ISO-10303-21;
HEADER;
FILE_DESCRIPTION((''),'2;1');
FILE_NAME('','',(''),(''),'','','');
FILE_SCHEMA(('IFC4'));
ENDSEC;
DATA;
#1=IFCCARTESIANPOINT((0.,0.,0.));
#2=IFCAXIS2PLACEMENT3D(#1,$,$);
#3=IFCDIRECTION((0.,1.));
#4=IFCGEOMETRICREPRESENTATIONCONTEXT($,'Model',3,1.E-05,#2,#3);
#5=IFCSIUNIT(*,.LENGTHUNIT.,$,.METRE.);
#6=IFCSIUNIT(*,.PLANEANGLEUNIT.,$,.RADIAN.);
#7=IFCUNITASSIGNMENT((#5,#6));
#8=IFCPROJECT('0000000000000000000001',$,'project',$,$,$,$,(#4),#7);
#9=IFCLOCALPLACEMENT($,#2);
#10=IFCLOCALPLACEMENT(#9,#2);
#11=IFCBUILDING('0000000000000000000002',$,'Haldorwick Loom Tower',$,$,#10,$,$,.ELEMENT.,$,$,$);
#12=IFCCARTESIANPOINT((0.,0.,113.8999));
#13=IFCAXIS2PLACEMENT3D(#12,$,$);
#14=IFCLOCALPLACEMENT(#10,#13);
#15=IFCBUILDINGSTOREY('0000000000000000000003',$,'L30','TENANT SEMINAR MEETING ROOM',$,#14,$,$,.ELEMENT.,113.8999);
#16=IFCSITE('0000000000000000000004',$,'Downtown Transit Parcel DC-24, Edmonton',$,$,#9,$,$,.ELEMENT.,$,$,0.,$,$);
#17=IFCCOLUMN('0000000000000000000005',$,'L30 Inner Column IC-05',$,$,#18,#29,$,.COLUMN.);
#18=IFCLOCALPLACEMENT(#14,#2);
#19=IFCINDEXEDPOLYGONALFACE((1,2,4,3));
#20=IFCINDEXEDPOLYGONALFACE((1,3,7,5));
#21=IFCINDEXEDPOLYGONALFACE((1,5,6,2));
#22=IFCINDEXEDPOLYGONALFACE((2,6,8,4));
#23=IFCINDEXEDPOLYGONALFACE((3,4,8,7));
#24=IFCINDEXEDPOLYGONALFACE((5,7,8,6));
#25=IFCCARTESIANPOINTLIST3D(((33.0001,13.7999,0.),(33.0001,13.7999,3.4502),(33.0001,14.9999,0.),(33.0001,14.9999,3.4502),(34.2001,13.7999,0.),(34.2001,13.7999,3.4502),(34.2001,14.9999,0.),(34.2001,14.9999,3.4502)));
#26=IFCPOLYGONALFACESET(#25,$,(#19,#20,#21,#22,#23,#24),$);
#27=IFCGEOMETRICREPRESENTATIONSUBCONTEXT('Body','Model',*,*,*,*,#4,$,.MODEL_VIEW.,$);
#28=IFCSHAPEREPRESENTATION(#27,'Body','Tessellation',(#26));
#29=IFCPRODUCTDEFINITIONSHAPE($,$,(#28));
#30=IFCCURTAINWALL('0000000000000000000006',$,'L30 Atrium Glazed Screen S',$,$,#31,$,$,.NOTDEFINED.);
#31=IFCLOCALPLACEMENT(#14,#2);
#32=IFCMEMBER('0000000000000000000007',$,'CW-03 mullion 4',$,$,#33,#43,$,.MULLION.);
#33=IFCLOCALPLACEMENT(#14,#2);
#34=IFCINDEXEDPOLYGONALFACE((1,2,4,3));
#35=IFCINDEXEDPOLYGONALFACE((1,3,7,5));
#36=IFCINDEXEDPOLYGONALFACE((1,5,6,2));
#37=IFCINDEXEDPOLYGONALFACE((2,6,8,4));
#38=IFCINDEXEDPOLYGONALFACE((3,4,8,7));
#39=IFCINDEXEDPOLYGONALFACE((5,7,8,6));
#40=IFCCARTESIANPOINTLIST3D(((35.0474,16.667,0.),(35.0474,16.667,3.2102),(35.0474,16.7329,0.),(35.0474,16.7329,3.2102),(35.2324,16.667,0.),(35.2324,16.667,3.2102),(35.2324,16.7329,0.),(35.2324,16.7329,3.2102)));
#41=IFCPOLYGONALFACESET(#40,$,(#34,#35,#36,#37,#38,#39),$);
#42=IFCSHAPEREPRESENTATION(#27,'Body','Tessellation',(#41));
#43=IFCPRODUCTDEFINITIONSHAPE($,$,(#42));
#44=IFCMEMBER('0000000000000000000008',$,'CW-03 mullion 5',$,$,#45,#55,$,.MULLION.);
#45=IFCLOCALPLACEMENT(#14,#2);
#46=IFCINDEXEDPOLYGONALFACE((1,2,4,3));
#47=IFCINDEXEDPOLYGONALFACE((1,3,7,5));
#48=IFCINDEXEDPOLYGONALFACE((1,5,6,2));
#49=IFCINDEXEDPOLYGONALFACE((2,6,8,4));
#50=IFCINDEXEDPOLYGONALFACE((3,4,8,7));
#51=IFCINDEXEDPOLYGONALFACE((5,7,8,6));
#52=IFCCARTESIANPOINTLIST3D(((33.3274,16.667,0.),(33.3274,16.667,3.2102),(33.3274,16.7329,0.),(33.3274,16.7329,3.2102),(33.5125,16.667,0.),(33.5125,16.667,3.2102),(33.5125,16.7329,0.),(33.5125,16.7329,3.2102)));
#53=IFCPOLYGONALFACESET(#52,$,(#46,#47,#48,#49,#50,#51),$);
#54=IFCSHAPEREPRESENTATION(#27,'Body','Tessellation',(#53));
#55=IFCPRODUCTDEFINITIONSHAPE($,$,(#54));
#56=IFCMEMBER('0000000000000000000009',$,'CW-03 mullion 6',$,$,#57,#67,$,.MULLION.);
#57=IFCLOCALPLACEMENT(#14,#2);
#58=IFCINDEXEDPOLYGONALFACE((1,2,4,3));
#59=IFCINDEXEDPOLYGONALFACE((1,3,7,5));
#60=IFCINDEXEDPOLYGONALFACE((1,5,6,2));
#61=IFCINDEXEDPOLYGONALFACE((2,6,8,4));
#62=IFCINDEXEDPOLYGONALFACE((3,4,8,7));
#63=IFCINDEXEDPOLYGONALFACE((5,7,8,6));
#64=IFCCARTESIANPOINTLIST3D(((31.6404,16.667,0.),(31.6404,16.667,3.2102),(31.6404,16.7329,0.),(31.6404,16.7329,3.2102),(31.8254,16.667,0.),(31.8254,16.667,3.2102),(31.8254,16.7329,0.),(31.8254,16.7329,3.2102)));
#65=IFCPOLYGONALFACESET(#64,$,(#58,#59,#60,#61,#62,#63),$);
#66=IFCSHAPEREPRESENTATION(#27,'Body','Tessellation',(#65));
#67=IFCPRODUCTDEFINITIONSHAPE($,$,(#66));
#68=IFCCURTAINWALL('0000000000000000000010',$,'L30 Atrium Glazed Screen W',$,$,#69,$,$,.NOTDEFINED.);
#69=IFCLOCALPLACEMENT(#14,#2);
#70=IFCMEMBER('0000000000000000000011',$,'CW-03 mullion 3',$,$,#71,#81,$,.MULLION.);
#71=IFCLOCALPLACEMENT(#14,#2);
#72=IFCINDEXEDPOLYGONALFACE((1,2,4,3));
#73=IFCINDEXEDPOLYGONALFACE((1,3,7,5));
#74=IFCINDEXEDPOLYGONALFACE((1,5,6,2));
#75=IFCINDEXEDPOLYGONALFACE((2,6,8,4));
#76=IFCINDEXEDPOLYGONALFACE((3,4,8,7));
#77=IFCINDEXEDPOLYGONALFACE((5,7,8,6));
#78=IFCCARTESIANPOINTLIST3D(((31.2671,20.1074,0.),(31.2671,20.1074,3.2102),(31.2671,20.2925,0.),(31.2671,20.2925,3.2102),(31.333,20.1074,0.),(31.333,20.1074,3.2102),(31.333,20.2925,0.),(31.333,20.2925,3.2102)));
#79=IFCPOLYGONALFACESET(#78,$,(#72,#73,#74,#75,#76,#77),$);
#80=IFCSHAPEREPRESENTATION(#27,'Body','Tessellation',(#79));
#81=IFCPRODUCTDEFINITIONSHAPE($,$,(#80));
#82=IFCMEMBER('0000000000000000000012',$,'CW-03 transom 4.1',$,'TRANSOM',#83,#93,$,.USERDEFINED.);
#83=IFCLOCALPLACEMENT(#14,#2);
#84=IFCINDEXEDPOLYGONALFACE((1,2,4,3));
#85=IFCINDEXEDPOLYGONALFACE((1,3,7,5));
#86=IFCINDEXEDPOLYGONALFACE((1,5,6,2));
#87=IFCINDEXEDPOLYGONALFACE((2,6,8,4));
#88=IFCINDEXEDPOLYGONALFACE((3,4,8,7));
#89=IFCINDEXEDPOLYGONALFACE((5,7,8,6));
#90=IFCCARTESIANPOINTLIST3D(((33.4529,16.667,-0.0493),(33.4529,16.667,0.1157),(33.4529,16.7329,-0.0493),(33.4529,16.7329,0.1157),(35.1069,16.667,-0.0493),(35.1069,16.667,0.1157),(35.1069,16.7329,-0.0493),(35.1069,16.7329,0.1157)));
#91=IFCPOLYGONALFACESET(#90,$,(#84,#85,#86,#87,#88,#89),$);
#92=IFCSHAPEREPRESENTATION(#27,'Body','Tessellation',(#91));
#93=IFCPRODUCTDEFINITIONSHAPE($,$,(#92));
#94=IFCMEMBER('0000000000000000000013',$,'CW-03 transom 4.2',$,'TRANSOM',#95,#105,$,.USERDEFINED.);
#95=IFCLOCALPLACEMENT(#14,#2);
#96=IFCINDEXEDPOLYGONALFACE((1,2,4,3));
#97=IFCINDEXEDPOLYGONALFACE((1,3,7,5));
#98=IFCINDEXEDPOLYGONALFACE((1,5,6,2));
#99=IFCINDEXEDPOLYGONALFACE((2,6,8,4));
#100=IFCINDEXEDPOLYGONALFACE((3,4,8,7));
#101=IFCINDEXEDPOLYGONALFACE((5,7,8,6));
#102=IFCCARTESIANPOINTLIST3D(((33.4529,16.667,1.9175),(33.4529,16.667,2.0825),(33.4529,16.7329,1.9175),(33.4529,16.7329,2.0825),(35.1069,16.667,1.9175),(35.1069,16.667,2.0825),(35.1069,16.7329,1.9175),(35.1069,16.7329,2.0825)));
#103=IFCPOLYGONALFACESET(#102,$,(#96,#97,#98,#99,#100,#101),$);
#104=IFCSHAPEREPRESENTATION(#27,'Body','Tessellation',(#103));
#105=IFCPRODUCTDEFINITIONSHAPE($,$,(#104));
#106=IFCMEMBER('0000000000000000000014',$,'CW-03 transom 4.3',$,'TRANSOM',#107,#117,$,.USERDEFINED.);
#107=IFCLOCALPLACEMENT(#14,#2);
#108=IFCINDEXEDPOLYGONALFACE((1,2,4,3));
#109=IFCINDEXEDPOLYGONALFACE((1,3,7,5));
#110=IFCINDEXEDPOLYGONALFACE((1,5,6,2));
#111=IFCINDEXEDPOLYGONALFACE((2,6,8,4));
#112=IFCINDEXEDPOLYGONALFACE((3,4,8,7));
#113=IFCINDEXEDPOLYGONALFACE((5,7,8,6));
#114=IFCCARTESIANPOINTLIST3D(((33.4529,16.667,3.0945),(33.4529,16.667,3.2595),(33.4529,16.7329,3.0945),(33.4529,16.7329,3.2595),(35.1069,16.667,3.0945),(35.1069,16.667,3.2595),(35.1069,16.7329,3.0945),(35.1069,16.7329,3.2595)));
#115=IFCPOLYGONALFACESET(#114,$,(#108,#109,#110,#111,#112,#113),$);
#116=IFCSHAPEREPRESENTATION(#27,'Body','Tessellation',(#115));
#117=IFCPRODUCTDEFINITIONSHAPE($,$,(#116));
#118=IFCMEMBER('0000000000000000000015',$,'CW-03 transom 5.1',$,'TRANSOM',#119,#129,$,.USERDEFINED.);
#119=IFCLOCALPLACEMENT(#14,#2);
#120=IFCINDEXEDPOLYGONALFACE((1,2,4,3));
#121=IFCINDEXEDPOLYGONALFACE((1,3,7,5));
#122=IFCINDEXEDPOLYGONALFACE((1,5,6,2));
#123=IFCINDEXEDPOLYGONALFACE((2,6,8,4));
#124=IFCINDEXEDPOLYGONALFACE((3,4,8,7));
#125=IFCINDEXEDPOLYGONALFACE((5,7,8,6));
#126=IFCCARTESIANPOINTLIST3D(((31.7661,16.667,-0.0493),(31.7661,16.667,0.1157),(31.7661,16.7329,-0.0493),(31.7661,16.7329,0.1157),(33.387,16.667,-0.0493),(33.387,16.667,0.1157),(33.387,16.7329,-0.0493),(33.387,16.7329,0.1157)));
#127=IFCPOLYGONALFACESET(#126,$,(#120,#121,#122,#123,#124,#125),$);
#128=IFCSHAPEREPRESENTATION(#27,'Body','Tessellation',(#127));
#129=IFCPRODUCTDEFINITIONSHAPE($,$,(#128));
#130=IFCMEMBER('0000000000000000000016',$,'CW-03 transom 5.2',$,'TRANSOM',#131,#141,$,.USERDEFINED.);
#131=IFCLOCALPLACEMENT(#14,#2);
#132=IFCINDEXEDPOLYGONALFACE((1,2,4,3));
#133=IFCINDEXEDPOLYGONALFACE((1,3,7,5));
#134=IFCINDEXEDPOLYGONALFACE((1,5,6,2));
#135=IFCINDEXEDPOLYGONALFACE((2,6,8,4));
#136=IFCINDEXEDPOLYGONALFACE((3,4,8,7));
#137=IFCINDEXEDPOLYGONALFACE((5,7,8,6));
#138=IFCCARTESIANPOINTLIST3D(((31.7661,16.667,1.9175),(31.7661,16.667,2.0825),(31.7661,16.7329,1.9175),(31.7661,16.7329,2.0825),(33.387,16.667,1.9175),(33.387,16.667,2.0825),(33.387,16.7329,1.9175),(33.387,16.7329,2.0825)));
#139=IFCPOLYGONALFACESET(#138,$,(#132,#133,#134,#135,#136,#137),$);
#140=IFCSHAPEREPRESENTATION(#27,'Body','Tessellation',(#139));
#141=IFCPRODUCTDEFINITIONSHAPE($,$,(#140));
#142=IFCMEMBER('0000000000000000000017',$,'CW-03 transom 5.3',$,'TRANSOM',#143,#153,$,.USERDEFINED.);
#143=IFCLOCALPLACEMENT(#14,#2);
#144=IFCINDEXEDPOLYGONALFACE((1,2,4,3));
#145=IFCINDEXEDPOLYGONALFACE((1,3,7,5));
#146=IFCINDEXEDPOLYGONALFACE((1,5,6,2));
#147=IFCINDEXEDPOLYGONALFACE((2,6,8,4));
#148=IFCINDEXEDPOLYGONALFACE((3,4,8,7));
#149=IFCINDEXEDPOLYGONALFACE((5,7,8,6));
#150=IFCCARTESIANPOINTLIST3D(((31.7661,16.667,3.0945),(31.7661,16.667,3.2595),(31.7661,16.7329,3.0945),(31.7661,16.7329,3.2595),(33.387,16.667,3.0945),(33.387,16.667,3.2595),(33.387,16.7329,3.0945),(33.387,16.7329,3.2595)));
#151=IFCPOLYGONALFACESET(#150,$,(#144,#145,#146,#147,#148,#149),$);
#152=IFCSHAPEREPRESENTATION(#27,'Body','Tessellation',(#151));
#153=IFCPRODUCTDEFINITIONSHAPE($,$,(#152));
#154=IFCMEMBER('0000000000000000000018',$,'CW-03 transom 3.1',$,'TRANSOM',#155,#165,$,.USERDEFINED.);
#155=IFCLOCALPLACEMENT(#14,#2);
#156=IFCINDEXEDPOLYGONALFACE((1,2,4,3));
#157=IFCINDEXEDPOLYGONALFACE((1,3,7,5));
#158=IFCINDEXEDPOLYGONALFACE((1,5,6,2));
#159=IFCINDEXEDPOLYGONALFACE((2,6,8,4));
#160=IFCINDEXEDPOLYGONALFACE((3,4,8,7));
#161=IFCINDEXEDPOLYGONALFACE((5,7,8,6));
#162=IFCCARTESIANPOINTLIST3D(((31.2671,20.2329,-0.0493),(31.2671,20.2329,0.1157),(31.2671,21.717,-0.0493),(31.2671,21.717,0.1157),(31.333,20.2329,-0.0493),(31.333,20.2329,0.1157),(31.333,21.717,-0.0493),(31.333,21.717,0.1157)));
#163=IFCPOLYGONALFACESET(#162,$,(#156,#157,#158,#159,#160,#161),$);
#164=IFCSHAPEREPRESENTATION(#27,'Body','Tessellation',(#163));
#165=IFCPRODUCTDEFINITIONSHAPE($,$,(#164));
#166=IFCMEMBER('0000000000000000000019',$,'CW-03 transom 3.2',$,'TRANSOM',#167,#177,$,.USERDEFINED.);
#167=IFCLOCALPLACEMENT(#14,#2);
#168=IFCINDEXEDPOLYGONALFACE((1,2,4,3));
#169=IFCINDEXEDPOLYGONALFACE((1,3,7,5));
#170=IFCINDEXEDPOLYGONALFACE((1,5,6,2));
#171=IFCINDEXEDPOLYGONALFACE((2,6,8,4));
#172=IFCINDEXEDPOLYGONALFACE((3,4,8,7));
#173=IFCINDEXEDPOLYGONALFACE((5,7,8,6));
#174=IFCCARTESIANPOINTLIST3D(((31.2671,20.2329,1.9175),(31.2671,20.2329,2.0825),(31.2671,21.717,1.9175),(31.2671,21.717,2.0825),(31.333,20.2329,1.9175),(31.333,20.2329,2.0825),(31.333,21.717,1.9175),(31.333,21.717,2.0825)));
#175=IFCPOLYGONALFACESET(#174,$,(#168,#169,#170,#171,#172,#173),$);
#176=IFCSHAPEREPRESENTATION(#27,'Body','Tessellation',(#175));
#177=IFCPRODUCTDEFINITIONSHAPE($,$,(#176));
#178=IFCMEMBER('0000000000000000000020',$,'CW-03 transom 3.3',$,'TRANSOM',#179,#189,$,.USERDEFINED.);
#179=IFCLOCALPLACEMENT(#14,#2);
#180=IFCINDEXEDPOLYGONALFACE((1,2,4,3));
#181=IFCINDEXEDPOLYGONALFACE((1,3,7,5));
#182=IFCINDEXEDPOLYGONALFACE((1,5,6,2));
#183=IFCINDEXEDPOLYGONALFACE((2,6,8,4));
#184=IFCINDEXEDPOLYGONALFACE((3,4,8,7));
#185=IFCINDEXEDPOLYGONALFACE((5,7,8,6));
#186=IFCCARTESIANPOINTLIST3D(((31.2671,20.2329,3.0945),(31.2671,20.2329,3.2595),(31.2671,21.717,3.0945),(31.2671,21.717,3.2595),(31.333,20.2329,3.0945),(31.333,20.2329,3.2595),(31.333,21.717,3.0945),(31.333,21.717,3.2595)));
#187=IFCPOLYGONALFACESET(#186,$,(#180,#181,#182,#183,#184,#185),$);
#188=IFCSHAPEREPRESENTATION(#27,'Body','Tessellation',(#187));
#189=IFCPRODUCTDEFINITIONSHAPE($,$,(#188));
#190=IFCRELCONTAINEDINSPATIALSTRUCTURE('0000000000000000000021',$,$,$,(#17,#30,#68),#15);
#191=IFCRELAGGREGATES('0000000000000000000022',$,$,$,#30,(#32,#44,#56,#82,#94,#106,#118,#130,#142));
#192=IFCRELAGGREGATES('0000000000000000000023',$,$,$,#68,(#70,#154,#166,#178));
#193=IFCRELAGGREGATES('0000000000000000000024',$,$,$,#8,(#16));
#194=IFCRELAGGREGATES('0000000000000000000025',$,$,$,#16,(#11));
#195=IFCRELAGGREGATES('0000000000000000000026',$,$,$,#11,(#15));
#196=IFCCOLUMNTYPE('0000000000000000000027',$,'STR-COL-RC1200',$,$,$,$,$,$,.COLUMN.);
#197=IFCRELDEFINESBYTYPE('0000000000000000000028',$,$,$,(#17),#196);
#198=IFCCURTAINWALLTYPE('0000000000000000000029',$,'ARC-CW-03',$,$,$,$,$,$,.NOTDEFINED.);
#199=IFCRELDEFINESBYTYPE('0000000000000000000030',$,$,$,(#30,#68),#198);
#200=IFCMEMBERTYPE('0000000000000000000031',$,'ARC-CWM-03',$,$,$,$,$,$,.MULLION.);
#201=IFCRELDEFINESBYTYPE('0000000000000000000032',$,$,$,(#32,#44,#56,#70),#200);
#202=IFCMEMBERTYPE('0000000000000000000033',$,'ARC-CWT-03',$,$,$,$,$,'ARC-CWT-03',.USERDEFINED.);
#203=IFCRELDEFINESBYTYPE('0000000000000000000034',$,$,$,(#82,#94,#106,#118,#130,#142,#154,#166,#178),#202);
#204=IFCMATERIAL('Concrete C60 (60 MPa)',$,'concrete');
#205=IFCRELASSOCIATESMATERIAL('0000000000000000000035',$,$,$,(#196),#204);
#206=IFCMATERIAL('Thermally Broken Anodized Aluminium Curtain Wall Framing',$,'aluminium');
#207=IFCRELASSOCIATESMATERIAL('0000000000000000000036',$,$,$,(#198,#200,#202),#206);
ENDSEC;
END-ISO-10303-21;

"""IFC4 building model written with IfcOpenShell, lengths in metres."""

from ifc_helpers import new_model, si_unit, direction, frame, origin, origin_2d, place, context, subcontext, project, spatial, rectangle, extrude, material, material_profile, profile_set, type_object, element, aggregate, save


model = new_model("IFC4")

# Units and contexts
model_context = context("Model", 3, precision=1e-05, world=origin(), true_north=direction((0.0, 1.0)))
body_context = subcontext(model_context, "Body", "Model", "MODEL_VIEW")
ifc_project = project(units=[si_unit("LENGTHUNIT", "METRE"), si_unit("PLANEANGLEUNIT", "RADIAN")], contexts=[model_context])

# Site, building, storey
site_placement = place(None, origin())
site = spatial("IfcSite", under=ifc_project, at=site_placement, Name="Downtown Transit Parcel DC-24, Edmonton", CompositionType="ELEMENT", RefElevation=0.0)
building_placement = place(site_placement, origin())
building = spatial("IfcBuilding", under=site, at=building_placement, Name="Haldorwick Loom Tower", CompositionType="ELEMENT")
storey_placement = place(building_placement, frame((0.0, 0.0, 113.8999)))
storey = spatial("IfcBuildingStorey", under=building, at=storey_placement, Name="L30", Description="TENANT SEMINAR MEETING ROOM", CompositionType="ELEMENT", Elevation=113.8999)

# Column
ifc_material_1 = material(Name="Concrete C60 (60 MPa)", Category="concrete")
ifc_material_profile_1 = material_profile(ifc_material_1, rectangle(XDim=1.2, YDim=1.2, at=origin_2d()), Name="RC1200X1200", Category="concrete")
ifc_profile_set_1 = profile_set([ifc_material_profile_1], Name="Concrete C60 (60 MPa)")
column_type = type_object("IfcColumnType", Name="STR-COL-RC1200", PredefinedType="COLUMN", material=ifc_profile_set_1)
column_placement = place(storey_placement, frame((33.6001, 14.3999, 0.0), z_axis=(0.0, 0.0, 1.0), x_axis=(1.0, 0.0, 0.0)))
element("IfcColumn", 1, at=column_placement, inside=storey, type_object=column_type, Name="L30 Inner Column IC-05", PredefinedType="COLUMN", context=body_context, shape_type="SweptSolid", body=[
    extrude(rectangle(XDim=1.2, YDim=1.2, at=origin_2d()), origin(), (0.0, 0.0, 1.0), 3.4502),
])

# Curtain wall, members
ifc_material_2 = material(Name="Thermally Broken Anodized Aluminium Curtain Wall Framing", Category="aluminium")
curtain_wall_type = type_object("IfcCurtainWallType", Name="ARC-CW-03", PredefinedType="NOTDEFINED", material=ifc_material_2)
curtain_wall_1_placement = place(storey_placement, origin())
curtain_wall_1 = element("IfcCurtainWall", 2, at=curtain_wall_1_placement, inside=storey, type_object=curtain_wall_type, Name="L30 Atrium Glazed Screen S", PredefinedType="NOTDEFINED")
ifc_material_profile_2 = material_profile(ifc_material_2, rectangle(XDim=0.0659, YDim=0.1851, at=origin_2d()), Name="ALU_MUL_66X185", Category="aluminium")
ifc_profile_set_2 = profile_set([ifc_material_profile_2], Name="Thermally Broken Anodized Aluminium Curtain Wall Framing")
member_type_1 = type_object("IfcMemberType", Name="ARC-CWM-03", PredefinedType="MULLION", material=ifc_profile_set_2)
member_1_placement = place(storey_placement, frame((35.1399, 16.7, 0.0), z_axis=(0.0, 0.0, 1.0), x_axis=(0.0, -1.0, 0.0)))
member_1 = element("IfcMember", 3, at=member_1_placement, type_object=member_type_1, Name="CW-03 mullion 4", PredefinedType="MULLION", context=body_context, shape_type="SweptSolid", body=[
    extrude(rectangle(XDim=0.0659, YDim=0.1851, at=origin_2d()), origin(), (0.0, 0.0, 1.0), 3.2102),
])
member_2_placement = place(storey_placement, frame((33.4199, 16.7, 0.0), z_axis=(0.0, 0.0, 1.0), x_axis=(0.0, -1.0, 0.0)))
member_2 = element("IfcMember", 4, at=member_2_placement, type_object=member_type_1, Name="CW-03 mullion 5", PredefinedType="MULLION", context=body_context, shape_type="SweptSolid", body=[
    extrude(rectangle(XDim=0.0659, YDim=0.1851, at=origin_2d()), origin(), (0.0, 0.0, 1.0), 3.2102),
])
member_3_placement = place(storey_placement, frame((31.7329, 16.7, 0.0), z_axis=(0.0, 0.0, 1.0), x_axis=(0.0, -1.0, 0.0)))
member_3 = element("IfcMember", 5, at=member_3_placement, type_object=member_type_1, Name="CW-03 mullion 6", PredefinedType="MULLION", context=body_context, shape_type="SweptSolid", body=[
    extrude(rectangle(XDim=0.0659, YDim=0.1851, at=origin_2d()), origin(), (0.0, 0.0, 1.0), 3.2102),
])

# Curtain wall, member
curtain_wall_2_placement = place(storey_placement, origin())
curtain_wall_2 = element("IfcCurtainWall", 6, at=curtain_wall_2_placement, inside=storey, type_object=curtain_wall_type, Name="L30 Atrium Glazed Screen W", PredefinedType="NOTDEFINED")
member_4_placement = place(storey_placement, frame((31.3, 20.2, 0.0), z_axis=(0.0, 0.0, 1.0), x_axis=(-1.0, 0.0, 0.0)))
member_4 = element("IfcMember", 7, at=member_4_placement, type_object=member_type_1, Name="CW-03 mullion 3", PredefinedType="MULLION", context=body_context, shape_type="SweptSolid", body=[
    extrude(rectangle(XDim=0.0659, YDim=0.1851, at=origin_2d()), origin(), (0.0, 0.0, 1.0), 3.2102),
])

# Members
ifc_material_profile_3 = material_profile(ifc_material_2, rectangle(XDim=0.0659, YDim=0.165, at=origin_2d()), Name="ALU_TRN_66X165", Category="aluminium")
ifc_profile_set_3 = profile_set([ifc_material_profile_3], Name="Thermally Broken Anodized Aluminium Curtain Wall Framing")
member_type_2 = type_object("IfcMemberType", Name="ARC-CWT-03", ElementType="ARC-CWT-03", PredefinedType="USERDEFINED", material=ifc_profile_set_3)
member_5_placement = place(storey_placement, frame((35.1069, 16.7, 0.0332), z_axis=(-1.0, 0.0, 0.0), x_axis=(0.0, -1.0, 0.0)))
member_5 = element("IfcMember", 8, at=member_5_placement, type_object=member_type_2, Name="CW-03 transom 4.1", ObjectType="TRANSOM", PredefinedType="USERDEFINED", context=body_context, shape_type="SweptSolid", body=[
    extrude(rectangle(XDim=0.0659, YDim=0.165, at=origin_2d()), origin(), (0.0, 0.0, 1.0), 1.6541),
])
member_6_placement = place(storey_placement, frame((35.1069, 16.7, 2.0), z_axis=(-1.0, 0.0, 0.0), x_axis=(0.0, -1.0, 0.0)))
member_6 = element("IfcMember", 9, at=member_6_placement, type_object=member_type_2, Name="CW-03 transom 4.2", ObjectType="TRANSOM", PredefinedType="USERDEFINED", context=body_context, shape_type="SweptSolid", body=[
    extrude(rectangle(XDim=0.0659, YDim=0.165, at=origin_2d()), origin(), (0.0, 0.0, 1.0), 1.6541),
])
member_7_placement = place(storey_placement, frame((35.1069, 16.7, 3.177), z_axis=(-1.0, 0.0, 0.0), x_axis=(0.0, -1.0, 0.0)))
member_7 = element("IfcMember", 10, at=member_7_placement, type_object=member_type_2, Name="CW-03 transom 4.3", ObjectType="TRANSOM", PredefinedType="USERDEFINED", context=body_context, shape_type="SweptSolid", body=[
    extrude(rectangle(XDim=0.0659, YDim=0.165, at=origin_2d()), origin(), (0.0, 0.0, 1.0), 1.6541),
])
member_8_placement = place(storey_placement, frame((33.387, 16.7, 0.0332), z_axis=(-1.0, 0.0, 0.0), x_axis=(0.0, -1.0, 0.0)))
member_8 = element("IfcMember", 11, at=member_8_placement, type_object=member_type_2, Name="CW-03 transom 5.1", ObjectType="TRANSOM", PredefinedType="USERDEFINED", context=body_context, shape_type="SweptSolid", body=[
    extrude(rectangle(XDim=0.0659, YDim=0.165, at=origin_2d()), origin(), (0.0, 0.0, 1.0), 1.6208),
])
member_9_placement = place(storey_placement, frame((33.387, 16.7, 2.0), z_axis=(-1.0, 0.0, 0.0), x_axis=(0.0, -1.0, 0.0)))
member_9 = element("IfcMember", 12, at=member_9_placement, type_object=member_type_2, Name="CW-03 transom 5.2", ObjectType="TRANSOM", PredefinedType="USERDEFINED", context=body_context, shape_type="SweptSolid", body=[
    extrude(rectangle(XDim=0.0659, YDim=0.165, at=origin_2d()), origin(), (0.0, 0.0, 1.0), 1.6208),
])
member_10_placement = place(storey_placement, frame((33.387, 16.7, 3.177), z_axis=(-1.0, 0.0, 0.0), x_axis=(0.0, -1.0, 0.0)))
member_10 = element("IfcMember", 13, at=member_10_placement, type_object=member_type_2, Name="CW-03 transom 5.3", ObjectType="TRANSOM", PredefinedType="USERDEFINED", context=body_context, shape_type="SweptSolid", body=[
    extrude(rectangle(XDim=0.0659, YDim=0.165, at=origin_2d()), origin(), (0.0, 0.0, 1.0), 1.6208),
])
member_11_placement = place(storey_placement, frame((31.3, 20.2329, 0.0332), z_axis=(0.0, 1.0, 0.0), x_axis=(-1.0, 0.0, 0.0)))
member_11 = element("IfcMember", 14, at=member_11_placement, type_object=member_type_2, Name="CW-03 transom 3.1", ObjectType="TRANSOM", PredefinedType="USERDEFINED", context=body_context, shape_type="SweptSolid", body=[
    extrude(rectangle(XDim=0.0659, YDim=0.165, at=origin_2d()), origin(), (0.0, 0.0, 1.0), 1.4841),
])
member_12_placement = place(storey_placement, frame((31.3, 20.2329, 2.0), z_axis=(0.0, 1.0, 0.0), x_axis=(-1.0, 0.0, 0.0)))
member_12 = element("IfcMember", 15, at=member_12_placement, type_object=member_type_2, Name="CW-03 transom 3.2", ObjectType="TRANSOM", PredefinedType="USERDEFINED", context=body_context, shape_type="SweptSolid", body=[
    extrude(rectangle(XDim=0.0659, YDim=0.165, at=origin_2d()), origin(), (0.0, 0.0, 1.0), 1.4841),
])
member_13_placement = place(storey_placement, frame((31.3, 20.2329, 3.177), z_axis=(0.0, 1.0, 0.0), x_axis=(-1.0, 0.0, 0.0)))
member_13 = element("IfcMember", 16, at=member_13_placement, type_object=member_type_2, Name="CW-03 transom 3.3", ObjectType="TRANSOM", PredefinedType="USERDEFINED", context=body_context, shape_type="SweptSolid", body=[
    extrude(rectangle(XDim=0.0659, YDim=0.165, at=origin_2d()), origin(), (0.0, 0.0, 1.0), 1.4841),
])

aggregate(curtain_wall_1, [member_1, member_2, member_3, member_5, member_6, member_7, member_8, member_9, member_10])
aggregate(curtain_wall_2, [member_4, member_11, member_12, member_13])

save(model, "model.ifc")
